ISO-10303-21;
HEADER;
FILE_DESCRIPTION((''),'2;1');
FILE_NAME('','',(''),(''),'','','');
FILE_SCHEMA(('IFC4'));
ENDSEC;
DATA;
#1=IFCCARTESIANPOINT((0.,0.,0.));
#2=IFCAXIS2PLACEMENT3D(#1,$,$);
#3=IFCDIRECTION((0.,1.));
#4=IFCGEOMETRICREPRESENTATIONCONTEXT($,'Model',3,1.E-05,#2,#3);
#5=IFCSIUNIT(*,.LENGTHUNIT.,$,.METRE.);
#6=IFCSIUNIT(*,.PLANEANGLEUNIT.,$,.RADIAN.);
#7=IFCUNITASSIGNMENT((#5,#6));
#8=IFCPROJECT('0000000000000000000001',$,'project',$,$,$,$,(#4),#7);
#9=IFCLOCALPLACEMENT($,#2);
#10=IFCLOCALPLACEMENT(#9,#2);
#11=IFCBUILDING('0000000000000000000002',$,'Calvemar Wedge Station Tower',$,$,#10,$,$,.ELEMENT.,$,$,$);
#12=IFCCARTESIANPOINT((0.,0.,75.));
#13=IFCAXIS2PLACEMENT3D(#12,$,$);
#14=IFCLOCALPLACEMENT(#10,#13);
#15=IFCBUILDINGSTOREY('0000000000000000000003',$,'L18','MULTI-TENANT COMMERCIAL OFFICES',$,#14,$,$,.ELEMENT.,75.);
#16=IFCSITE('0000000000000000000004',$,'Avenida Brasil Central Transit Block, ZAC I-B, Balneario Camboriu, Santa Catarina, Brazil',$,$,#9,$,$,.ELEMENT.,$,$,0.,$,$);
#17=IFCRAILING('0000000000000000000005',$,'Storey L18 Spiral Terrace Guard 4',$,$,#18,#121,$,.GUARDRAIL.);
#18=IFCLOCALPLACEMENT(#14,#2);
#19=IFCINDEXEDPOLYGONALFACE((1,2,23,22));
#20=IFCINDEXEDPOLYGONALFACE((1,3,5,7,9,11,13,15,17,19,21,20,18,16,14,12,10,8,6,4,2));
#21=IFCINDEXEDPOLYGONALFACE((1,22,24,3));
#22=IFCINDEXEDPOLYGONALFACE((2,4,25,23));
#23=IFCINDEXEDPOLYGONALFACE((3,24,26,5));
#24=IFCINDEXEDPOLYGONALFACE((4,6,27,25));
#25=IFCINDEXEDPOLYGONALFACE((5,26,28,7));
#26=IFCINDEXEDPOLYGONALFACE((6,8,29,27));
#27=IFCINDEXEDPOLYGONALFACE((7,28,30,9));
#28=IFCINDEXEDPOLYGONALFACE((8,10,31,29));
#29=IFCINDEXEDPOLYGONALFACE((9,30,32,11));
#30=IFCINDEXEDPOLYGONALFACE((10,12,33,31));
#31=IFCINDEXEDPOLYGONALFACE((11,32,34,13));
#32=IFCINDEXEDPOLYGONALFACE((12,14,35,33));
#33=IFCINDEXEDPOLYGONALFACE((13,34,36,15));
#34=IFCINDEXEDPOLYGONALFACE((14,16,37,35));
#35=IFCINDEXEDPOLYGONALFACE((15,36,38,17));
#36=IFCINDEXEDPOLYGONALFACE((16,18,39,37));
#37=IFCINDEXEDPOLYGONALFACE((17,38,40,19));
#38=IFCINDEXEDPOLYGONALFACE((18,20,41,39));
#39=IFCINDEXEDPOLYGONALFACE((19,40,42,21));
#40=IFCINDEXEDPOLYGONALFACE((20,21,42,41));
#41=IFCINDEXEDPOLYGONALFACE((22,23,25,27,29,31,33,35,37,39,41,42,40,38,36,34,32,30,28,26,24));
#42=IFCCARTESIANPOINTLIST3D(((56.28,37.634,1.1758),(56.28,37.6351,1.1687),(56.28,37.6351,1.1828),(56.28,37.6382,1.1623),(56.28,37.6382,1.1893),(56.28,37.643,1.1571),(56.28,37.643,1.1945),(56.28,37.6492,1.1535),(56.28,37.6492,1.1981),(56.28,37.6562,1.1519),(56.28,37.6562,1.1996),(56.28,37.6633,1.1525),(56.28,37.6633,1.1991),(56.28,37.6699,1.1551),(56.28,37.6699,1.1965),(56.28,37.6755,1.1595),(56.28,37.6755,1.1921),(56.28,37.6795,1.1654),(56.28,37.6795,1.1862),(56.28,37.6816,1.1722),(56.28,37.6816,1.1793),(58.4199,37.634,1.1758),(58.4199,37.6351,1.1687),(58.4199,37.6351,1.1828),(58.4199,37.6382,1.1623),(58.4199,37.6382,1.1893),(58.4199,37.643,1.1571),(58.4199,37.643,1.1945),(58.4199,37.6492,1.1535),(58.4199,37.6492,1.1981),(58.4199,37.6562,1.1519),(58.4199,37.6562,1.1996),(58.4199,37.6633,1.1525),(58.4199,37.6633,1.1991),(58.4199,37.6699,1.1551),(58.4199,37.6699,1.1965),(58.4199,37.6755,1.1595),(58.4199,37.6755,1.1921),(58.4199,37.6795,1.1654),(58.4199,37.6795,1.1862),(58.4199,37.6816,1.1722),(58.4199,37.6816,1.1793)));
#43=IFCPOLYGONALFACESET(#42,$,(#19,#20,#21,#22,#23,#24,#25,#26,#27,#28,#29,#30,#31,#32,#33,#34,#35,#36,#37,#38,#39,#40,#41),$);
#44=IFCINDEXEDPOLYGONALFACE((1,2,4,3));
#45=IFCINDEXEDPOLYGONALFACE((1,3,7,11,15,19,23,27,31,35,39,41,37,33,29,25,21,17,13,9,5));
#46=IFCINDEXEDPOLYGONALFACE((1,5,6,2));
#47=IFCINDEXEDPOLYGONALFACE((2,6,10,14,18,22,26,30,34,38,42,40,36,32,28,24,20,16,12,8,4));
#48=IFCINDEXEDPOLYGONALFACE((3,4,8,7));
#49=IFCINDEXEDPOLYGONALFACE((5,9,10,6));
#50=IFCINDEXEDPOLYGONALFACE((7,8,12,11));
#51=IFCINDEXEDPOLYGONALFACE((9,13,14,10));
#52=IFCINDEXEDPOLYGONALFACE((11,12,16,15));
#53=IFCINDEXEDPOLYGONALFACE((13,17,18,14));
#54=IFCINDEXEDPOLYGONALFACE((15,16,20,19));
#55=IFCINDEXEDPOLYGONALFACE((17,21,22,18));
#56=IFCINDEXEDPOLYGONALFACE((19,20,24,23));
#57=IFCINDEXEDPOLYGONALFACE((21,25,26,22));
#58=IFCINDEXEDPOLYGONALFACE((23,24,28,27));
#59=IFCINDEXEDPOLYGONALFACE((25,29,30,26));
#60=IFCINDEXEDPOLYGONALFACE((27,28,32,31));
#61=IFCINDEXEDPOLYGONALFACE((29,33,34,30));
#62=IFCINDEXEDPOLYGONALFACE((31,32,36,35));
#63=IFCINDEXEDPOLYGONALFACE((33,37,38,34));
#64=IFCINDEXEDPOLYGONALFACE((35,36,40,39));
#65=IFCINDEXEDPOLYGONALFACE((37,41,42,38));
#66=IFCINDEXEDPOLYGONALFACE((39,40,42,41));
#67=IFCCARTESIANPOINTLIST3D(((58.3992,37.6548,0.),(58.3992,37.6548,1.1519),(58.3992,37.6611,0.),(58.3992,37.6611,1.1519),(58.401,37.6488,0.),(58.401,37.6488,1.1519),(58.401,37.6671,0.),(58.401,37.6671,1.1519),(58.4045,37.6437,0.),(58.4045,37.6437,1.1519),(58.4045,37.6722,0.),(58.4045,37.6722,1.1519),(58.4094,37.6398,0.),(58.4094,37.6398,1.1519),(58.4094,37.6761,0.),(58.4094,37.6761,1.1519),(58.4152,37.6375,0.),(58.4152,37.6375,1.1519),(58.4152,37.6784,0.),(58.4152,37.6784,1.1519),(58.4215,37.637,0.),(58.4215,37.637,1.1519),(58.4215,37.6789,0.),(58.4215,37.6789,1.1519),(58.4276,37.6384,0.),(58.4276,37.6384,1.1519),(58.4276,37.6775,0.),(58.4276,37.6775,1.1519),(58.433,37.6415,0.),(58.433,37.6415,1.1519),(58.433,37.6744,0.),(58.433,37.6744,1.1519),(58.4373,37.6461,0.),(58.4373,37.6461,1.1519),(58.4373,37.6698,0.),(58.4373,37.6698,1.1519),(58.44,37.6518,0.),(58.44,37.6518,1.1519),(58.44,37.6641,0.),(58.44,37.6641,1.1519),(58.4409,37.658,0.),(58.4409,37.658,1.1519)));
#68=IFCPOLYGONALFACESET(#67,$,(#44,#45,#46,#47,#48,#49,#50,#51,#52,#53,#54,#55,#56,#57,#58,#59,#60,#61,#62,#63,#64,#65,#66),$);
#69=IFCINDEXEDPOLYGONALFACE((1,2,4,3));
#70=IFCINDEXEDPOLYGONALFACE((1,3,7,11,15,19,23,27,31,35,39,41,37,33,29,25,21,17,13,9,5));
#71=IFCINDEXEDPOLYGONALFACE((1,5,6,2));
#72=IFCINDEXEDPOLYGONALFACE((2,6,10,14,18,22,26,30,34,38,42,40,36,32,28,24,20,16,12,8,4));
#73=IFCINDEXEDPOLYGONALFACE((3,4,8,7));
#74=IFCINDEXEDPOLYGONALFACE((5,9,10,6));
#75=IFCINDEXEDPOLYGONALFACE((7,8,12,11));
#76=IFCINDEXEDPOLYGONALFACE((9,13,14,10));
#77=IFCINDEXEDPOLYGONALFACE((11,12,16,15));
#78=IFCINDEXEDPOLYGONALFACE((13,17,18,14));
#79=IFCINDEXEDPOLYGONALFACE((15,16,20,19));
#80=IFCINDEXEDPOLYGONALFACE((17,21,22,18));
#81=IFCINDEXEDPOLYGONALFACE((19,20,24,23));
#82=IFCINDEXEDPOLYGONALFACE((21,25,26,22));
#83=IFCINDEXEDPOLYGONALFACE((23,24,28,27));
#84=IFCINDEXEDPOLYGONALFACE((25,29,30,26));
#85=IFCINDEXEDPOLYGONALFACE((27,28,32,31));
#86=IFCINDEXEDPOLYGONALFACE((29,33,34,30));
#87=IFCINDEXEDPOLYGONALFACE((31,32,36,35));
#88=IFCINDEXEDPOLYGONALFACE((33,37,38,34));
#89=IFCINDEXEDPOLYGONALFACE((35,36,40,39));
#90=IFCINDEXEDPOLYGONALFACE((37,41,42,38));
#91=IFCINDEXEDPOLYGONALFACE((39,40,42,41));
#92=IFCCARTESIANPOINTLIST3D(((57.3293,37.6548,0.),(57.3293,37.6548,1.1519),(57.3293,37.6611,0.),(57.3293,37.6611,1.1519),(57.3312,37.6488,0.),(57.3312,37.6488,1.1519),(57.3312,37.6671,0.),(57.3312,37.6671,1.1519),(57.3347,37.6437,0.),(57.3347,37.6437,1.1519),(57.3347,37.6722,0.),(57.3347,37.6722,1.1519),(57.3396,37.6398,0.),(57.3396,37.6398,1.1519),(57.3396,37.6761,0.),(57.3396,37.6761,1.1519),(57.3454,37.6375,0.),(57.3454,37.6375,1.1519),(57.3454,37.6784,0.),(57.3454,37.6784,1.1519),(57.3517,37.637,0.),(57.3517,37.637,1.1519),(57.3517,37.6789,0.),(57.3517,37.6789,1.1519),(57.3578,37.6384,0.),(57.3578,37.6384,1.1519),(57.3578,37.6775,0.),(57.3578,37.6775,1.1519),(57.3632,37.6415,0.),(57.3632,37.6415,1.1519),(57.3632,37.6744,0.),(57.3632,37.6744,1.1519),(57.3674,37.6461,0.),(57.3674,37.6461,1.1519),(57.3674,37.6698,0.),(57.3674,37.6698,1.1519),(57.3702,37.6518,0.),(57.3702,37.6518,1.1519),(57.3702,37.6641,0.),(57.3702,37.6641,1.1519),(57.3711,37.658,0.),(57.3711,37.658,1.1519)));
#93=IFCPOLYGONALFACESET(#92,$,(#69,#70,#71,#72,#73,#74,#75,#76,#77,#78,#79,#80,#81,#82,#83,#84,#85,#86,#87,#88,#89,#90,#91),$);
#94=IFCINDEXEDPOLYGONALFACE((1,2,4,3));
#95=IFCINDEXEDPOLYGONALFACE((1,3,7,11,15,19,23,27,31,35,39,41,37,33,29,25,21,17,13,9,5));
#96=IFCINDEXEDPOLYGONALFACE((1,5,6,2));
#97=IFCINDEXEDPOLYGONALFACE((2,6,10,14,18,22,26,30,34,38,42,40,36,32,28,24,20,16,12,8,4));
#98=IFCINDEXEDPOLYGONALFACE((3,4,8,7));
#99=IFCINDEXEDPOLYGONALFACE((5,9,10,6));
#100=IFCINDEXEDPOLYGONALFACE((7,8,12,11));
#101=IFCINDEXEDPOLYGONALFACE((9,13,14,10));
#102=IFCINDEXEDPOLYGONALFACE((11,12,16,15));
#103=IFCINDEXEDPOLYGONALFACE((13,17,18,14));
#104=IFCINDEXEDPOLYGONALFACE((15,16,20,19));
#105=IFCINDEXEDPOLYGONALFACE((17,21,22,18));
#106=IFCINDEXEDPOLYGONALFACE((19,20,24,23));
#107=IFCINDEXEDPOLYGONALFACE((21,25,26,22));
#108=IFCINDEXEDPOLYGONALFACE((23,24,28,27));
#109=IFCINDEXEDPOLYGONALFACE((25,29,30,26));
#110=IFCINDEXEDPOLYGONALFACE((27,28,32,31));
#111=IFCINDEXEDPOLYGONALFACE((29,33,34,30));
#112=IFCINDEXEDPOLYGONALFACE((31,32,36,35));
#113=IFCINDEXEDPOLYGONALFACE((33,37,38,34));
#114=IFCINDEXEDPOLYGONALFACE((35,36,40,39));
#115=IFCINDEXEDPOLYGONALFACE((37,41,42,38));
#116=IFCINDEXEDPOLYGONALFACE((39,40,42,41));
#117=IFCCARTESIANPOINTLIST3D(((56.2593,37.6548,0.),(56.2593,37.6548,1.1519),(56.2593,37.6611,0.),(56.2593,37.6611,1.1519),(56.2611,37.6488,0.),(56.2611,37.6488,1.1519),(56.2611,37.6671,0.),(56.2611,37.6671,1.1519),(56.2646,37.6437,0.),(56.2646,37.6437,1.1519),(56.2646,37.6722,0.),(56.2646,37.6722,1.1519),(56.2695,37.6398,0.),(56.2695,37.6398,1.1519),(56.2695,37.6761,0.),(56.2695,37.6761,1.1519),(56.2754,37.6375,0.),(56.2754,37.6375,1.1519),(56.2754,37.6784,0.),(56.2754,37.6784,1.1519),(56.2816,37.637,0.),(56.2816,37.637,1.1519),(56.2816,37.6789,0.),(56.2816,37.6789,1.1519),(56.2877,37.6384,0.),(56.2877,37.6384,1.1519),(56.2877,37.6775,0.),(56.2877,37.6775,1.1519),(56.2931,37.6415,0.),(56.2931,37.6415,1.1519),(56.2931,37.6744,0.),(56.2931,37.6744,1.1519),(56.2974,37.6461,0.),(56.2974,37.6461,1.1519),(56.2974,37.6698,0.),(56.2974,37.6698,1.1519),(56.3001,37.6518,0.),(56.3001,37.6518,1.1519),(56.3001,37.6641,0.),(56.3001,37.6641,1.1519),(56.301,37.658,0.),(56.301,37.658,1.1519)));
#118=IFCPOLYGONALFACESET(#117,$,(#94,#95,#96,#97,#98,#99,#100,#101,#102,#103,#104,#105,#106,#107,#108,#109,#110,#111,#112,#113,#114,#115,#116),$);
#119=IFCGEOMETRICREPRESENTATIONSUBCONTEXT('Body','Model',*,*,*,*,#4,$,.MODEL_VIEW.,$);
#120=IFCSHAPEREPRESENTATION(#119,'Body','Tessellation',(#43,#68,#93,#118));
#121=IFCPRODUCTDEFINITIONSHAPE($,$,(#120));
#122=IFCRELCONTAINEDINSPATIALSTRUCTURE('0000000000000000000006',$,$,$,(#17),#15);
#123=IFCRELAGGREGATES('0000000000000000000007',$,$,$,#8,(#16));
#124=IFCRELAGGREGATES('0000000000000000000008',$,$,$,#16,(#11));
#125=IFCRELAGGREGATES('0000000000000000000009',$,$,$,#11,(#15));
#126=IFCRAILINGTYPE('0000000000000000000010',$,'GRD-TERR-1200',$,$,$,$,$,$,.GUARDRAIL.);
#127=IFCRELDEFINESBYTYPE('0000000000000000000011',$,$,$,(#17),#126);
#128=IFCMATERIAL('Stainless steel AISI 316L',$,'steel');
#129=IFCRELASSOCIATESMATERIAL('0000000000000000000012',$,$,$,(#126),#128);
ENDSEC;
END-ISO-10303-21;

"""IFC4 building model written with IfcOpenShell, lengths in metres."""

from ifc_helpers import new_model, si_unit, direction, frame, origin, origin_2d, place, context, subcontext, project, spatial, circle, extrude, material, type_object, element, save


model = new_model("IFC4")

# Units and contexts
model_context = context("Model", 3, precision=1e-05, world=origin(), true_north=direction((0.0, 1.0)))
body_context = subcontext(model_context, "Body", "Model", "MODEL_VIEW")
ifc_project = project(units=[si_unit("LENGTHUNIT", "METRE"), si_unit("PLANEANGLEUNIT", "RADIAN")], contexts=[model_context])

# Site, building, storey
site_placement = place(None, origin())
site = spatial("IfcSite", under=ifc_project, at=site_placement, Name="Avenida Brasil Central Transit Block, ZAC I-B, Balneario Camboriu, Santa Catarina, Brazil", CompositionType="ELEMENT", RefElevation=0.0)
building_placement = place(site_placement, origin())
building = spatial("IfcBuilding", under=site, at=building_placement, Name="Calvemar Wedge Station Tower", CompositionType="ELEMENT")
storey_placement = place(building_placement, frame((0.0, 0.0, 75.0)))
storey = spatial("IfcBuildingStorey", under=building, at=storey_placement, Name="L18", Description="MULTI-TENANT COMMERCIAL OFFICES", CompositionType="ELEMENT", Elevation=75.0)

# Railing
ifc_material_1 = material(Name="Stainless steel AISI 316L", Category="steel")
railing_type = type_object("IfcRailingType", Name="GRD-TERR-1200", PredefinedType="GUARDRAIL", material=ifc_material_1)
railing_placement = place(storey_placement, frame((58.4199, 37.658, 0.0)))
element("IfcRailing", 1, at=railing_placement, inside=storey, type_object=railing_type, Name="Storey L18 Spiral Terrace Guard 4", PredefinedType="GUARDRAIL", context=body_context, shape_type="SweptSolid", body=[
    extrude(circle(Radius=0.0239, at=origin_2d()), frame((0.0, 0.0, 1.1758), z_axis=(-1.0, 0.0, 0.0), x_axis=(0.0, -1.0, 0.0)), (0.0, 0.0, 1.0), 2.1399),
    extrude(circle(Radius=0.021, at=origin_2d()), origin(), (0.0, 0.0, 1.0), 1.1519),
    extrude(circle(Radius=0.021, at=origin_2d()), frame((-1.0698, 0.0, 0.0)), (0.0, 0.0, 1.0), 1.1519),
    extrude(circle(Radius=0.021, at=origin_2d()), frame((-2.1399, 0.0, 0.0)), (0.0, 0.0, 1.0), 1.1519),
])

save(model, "model.ifc")
